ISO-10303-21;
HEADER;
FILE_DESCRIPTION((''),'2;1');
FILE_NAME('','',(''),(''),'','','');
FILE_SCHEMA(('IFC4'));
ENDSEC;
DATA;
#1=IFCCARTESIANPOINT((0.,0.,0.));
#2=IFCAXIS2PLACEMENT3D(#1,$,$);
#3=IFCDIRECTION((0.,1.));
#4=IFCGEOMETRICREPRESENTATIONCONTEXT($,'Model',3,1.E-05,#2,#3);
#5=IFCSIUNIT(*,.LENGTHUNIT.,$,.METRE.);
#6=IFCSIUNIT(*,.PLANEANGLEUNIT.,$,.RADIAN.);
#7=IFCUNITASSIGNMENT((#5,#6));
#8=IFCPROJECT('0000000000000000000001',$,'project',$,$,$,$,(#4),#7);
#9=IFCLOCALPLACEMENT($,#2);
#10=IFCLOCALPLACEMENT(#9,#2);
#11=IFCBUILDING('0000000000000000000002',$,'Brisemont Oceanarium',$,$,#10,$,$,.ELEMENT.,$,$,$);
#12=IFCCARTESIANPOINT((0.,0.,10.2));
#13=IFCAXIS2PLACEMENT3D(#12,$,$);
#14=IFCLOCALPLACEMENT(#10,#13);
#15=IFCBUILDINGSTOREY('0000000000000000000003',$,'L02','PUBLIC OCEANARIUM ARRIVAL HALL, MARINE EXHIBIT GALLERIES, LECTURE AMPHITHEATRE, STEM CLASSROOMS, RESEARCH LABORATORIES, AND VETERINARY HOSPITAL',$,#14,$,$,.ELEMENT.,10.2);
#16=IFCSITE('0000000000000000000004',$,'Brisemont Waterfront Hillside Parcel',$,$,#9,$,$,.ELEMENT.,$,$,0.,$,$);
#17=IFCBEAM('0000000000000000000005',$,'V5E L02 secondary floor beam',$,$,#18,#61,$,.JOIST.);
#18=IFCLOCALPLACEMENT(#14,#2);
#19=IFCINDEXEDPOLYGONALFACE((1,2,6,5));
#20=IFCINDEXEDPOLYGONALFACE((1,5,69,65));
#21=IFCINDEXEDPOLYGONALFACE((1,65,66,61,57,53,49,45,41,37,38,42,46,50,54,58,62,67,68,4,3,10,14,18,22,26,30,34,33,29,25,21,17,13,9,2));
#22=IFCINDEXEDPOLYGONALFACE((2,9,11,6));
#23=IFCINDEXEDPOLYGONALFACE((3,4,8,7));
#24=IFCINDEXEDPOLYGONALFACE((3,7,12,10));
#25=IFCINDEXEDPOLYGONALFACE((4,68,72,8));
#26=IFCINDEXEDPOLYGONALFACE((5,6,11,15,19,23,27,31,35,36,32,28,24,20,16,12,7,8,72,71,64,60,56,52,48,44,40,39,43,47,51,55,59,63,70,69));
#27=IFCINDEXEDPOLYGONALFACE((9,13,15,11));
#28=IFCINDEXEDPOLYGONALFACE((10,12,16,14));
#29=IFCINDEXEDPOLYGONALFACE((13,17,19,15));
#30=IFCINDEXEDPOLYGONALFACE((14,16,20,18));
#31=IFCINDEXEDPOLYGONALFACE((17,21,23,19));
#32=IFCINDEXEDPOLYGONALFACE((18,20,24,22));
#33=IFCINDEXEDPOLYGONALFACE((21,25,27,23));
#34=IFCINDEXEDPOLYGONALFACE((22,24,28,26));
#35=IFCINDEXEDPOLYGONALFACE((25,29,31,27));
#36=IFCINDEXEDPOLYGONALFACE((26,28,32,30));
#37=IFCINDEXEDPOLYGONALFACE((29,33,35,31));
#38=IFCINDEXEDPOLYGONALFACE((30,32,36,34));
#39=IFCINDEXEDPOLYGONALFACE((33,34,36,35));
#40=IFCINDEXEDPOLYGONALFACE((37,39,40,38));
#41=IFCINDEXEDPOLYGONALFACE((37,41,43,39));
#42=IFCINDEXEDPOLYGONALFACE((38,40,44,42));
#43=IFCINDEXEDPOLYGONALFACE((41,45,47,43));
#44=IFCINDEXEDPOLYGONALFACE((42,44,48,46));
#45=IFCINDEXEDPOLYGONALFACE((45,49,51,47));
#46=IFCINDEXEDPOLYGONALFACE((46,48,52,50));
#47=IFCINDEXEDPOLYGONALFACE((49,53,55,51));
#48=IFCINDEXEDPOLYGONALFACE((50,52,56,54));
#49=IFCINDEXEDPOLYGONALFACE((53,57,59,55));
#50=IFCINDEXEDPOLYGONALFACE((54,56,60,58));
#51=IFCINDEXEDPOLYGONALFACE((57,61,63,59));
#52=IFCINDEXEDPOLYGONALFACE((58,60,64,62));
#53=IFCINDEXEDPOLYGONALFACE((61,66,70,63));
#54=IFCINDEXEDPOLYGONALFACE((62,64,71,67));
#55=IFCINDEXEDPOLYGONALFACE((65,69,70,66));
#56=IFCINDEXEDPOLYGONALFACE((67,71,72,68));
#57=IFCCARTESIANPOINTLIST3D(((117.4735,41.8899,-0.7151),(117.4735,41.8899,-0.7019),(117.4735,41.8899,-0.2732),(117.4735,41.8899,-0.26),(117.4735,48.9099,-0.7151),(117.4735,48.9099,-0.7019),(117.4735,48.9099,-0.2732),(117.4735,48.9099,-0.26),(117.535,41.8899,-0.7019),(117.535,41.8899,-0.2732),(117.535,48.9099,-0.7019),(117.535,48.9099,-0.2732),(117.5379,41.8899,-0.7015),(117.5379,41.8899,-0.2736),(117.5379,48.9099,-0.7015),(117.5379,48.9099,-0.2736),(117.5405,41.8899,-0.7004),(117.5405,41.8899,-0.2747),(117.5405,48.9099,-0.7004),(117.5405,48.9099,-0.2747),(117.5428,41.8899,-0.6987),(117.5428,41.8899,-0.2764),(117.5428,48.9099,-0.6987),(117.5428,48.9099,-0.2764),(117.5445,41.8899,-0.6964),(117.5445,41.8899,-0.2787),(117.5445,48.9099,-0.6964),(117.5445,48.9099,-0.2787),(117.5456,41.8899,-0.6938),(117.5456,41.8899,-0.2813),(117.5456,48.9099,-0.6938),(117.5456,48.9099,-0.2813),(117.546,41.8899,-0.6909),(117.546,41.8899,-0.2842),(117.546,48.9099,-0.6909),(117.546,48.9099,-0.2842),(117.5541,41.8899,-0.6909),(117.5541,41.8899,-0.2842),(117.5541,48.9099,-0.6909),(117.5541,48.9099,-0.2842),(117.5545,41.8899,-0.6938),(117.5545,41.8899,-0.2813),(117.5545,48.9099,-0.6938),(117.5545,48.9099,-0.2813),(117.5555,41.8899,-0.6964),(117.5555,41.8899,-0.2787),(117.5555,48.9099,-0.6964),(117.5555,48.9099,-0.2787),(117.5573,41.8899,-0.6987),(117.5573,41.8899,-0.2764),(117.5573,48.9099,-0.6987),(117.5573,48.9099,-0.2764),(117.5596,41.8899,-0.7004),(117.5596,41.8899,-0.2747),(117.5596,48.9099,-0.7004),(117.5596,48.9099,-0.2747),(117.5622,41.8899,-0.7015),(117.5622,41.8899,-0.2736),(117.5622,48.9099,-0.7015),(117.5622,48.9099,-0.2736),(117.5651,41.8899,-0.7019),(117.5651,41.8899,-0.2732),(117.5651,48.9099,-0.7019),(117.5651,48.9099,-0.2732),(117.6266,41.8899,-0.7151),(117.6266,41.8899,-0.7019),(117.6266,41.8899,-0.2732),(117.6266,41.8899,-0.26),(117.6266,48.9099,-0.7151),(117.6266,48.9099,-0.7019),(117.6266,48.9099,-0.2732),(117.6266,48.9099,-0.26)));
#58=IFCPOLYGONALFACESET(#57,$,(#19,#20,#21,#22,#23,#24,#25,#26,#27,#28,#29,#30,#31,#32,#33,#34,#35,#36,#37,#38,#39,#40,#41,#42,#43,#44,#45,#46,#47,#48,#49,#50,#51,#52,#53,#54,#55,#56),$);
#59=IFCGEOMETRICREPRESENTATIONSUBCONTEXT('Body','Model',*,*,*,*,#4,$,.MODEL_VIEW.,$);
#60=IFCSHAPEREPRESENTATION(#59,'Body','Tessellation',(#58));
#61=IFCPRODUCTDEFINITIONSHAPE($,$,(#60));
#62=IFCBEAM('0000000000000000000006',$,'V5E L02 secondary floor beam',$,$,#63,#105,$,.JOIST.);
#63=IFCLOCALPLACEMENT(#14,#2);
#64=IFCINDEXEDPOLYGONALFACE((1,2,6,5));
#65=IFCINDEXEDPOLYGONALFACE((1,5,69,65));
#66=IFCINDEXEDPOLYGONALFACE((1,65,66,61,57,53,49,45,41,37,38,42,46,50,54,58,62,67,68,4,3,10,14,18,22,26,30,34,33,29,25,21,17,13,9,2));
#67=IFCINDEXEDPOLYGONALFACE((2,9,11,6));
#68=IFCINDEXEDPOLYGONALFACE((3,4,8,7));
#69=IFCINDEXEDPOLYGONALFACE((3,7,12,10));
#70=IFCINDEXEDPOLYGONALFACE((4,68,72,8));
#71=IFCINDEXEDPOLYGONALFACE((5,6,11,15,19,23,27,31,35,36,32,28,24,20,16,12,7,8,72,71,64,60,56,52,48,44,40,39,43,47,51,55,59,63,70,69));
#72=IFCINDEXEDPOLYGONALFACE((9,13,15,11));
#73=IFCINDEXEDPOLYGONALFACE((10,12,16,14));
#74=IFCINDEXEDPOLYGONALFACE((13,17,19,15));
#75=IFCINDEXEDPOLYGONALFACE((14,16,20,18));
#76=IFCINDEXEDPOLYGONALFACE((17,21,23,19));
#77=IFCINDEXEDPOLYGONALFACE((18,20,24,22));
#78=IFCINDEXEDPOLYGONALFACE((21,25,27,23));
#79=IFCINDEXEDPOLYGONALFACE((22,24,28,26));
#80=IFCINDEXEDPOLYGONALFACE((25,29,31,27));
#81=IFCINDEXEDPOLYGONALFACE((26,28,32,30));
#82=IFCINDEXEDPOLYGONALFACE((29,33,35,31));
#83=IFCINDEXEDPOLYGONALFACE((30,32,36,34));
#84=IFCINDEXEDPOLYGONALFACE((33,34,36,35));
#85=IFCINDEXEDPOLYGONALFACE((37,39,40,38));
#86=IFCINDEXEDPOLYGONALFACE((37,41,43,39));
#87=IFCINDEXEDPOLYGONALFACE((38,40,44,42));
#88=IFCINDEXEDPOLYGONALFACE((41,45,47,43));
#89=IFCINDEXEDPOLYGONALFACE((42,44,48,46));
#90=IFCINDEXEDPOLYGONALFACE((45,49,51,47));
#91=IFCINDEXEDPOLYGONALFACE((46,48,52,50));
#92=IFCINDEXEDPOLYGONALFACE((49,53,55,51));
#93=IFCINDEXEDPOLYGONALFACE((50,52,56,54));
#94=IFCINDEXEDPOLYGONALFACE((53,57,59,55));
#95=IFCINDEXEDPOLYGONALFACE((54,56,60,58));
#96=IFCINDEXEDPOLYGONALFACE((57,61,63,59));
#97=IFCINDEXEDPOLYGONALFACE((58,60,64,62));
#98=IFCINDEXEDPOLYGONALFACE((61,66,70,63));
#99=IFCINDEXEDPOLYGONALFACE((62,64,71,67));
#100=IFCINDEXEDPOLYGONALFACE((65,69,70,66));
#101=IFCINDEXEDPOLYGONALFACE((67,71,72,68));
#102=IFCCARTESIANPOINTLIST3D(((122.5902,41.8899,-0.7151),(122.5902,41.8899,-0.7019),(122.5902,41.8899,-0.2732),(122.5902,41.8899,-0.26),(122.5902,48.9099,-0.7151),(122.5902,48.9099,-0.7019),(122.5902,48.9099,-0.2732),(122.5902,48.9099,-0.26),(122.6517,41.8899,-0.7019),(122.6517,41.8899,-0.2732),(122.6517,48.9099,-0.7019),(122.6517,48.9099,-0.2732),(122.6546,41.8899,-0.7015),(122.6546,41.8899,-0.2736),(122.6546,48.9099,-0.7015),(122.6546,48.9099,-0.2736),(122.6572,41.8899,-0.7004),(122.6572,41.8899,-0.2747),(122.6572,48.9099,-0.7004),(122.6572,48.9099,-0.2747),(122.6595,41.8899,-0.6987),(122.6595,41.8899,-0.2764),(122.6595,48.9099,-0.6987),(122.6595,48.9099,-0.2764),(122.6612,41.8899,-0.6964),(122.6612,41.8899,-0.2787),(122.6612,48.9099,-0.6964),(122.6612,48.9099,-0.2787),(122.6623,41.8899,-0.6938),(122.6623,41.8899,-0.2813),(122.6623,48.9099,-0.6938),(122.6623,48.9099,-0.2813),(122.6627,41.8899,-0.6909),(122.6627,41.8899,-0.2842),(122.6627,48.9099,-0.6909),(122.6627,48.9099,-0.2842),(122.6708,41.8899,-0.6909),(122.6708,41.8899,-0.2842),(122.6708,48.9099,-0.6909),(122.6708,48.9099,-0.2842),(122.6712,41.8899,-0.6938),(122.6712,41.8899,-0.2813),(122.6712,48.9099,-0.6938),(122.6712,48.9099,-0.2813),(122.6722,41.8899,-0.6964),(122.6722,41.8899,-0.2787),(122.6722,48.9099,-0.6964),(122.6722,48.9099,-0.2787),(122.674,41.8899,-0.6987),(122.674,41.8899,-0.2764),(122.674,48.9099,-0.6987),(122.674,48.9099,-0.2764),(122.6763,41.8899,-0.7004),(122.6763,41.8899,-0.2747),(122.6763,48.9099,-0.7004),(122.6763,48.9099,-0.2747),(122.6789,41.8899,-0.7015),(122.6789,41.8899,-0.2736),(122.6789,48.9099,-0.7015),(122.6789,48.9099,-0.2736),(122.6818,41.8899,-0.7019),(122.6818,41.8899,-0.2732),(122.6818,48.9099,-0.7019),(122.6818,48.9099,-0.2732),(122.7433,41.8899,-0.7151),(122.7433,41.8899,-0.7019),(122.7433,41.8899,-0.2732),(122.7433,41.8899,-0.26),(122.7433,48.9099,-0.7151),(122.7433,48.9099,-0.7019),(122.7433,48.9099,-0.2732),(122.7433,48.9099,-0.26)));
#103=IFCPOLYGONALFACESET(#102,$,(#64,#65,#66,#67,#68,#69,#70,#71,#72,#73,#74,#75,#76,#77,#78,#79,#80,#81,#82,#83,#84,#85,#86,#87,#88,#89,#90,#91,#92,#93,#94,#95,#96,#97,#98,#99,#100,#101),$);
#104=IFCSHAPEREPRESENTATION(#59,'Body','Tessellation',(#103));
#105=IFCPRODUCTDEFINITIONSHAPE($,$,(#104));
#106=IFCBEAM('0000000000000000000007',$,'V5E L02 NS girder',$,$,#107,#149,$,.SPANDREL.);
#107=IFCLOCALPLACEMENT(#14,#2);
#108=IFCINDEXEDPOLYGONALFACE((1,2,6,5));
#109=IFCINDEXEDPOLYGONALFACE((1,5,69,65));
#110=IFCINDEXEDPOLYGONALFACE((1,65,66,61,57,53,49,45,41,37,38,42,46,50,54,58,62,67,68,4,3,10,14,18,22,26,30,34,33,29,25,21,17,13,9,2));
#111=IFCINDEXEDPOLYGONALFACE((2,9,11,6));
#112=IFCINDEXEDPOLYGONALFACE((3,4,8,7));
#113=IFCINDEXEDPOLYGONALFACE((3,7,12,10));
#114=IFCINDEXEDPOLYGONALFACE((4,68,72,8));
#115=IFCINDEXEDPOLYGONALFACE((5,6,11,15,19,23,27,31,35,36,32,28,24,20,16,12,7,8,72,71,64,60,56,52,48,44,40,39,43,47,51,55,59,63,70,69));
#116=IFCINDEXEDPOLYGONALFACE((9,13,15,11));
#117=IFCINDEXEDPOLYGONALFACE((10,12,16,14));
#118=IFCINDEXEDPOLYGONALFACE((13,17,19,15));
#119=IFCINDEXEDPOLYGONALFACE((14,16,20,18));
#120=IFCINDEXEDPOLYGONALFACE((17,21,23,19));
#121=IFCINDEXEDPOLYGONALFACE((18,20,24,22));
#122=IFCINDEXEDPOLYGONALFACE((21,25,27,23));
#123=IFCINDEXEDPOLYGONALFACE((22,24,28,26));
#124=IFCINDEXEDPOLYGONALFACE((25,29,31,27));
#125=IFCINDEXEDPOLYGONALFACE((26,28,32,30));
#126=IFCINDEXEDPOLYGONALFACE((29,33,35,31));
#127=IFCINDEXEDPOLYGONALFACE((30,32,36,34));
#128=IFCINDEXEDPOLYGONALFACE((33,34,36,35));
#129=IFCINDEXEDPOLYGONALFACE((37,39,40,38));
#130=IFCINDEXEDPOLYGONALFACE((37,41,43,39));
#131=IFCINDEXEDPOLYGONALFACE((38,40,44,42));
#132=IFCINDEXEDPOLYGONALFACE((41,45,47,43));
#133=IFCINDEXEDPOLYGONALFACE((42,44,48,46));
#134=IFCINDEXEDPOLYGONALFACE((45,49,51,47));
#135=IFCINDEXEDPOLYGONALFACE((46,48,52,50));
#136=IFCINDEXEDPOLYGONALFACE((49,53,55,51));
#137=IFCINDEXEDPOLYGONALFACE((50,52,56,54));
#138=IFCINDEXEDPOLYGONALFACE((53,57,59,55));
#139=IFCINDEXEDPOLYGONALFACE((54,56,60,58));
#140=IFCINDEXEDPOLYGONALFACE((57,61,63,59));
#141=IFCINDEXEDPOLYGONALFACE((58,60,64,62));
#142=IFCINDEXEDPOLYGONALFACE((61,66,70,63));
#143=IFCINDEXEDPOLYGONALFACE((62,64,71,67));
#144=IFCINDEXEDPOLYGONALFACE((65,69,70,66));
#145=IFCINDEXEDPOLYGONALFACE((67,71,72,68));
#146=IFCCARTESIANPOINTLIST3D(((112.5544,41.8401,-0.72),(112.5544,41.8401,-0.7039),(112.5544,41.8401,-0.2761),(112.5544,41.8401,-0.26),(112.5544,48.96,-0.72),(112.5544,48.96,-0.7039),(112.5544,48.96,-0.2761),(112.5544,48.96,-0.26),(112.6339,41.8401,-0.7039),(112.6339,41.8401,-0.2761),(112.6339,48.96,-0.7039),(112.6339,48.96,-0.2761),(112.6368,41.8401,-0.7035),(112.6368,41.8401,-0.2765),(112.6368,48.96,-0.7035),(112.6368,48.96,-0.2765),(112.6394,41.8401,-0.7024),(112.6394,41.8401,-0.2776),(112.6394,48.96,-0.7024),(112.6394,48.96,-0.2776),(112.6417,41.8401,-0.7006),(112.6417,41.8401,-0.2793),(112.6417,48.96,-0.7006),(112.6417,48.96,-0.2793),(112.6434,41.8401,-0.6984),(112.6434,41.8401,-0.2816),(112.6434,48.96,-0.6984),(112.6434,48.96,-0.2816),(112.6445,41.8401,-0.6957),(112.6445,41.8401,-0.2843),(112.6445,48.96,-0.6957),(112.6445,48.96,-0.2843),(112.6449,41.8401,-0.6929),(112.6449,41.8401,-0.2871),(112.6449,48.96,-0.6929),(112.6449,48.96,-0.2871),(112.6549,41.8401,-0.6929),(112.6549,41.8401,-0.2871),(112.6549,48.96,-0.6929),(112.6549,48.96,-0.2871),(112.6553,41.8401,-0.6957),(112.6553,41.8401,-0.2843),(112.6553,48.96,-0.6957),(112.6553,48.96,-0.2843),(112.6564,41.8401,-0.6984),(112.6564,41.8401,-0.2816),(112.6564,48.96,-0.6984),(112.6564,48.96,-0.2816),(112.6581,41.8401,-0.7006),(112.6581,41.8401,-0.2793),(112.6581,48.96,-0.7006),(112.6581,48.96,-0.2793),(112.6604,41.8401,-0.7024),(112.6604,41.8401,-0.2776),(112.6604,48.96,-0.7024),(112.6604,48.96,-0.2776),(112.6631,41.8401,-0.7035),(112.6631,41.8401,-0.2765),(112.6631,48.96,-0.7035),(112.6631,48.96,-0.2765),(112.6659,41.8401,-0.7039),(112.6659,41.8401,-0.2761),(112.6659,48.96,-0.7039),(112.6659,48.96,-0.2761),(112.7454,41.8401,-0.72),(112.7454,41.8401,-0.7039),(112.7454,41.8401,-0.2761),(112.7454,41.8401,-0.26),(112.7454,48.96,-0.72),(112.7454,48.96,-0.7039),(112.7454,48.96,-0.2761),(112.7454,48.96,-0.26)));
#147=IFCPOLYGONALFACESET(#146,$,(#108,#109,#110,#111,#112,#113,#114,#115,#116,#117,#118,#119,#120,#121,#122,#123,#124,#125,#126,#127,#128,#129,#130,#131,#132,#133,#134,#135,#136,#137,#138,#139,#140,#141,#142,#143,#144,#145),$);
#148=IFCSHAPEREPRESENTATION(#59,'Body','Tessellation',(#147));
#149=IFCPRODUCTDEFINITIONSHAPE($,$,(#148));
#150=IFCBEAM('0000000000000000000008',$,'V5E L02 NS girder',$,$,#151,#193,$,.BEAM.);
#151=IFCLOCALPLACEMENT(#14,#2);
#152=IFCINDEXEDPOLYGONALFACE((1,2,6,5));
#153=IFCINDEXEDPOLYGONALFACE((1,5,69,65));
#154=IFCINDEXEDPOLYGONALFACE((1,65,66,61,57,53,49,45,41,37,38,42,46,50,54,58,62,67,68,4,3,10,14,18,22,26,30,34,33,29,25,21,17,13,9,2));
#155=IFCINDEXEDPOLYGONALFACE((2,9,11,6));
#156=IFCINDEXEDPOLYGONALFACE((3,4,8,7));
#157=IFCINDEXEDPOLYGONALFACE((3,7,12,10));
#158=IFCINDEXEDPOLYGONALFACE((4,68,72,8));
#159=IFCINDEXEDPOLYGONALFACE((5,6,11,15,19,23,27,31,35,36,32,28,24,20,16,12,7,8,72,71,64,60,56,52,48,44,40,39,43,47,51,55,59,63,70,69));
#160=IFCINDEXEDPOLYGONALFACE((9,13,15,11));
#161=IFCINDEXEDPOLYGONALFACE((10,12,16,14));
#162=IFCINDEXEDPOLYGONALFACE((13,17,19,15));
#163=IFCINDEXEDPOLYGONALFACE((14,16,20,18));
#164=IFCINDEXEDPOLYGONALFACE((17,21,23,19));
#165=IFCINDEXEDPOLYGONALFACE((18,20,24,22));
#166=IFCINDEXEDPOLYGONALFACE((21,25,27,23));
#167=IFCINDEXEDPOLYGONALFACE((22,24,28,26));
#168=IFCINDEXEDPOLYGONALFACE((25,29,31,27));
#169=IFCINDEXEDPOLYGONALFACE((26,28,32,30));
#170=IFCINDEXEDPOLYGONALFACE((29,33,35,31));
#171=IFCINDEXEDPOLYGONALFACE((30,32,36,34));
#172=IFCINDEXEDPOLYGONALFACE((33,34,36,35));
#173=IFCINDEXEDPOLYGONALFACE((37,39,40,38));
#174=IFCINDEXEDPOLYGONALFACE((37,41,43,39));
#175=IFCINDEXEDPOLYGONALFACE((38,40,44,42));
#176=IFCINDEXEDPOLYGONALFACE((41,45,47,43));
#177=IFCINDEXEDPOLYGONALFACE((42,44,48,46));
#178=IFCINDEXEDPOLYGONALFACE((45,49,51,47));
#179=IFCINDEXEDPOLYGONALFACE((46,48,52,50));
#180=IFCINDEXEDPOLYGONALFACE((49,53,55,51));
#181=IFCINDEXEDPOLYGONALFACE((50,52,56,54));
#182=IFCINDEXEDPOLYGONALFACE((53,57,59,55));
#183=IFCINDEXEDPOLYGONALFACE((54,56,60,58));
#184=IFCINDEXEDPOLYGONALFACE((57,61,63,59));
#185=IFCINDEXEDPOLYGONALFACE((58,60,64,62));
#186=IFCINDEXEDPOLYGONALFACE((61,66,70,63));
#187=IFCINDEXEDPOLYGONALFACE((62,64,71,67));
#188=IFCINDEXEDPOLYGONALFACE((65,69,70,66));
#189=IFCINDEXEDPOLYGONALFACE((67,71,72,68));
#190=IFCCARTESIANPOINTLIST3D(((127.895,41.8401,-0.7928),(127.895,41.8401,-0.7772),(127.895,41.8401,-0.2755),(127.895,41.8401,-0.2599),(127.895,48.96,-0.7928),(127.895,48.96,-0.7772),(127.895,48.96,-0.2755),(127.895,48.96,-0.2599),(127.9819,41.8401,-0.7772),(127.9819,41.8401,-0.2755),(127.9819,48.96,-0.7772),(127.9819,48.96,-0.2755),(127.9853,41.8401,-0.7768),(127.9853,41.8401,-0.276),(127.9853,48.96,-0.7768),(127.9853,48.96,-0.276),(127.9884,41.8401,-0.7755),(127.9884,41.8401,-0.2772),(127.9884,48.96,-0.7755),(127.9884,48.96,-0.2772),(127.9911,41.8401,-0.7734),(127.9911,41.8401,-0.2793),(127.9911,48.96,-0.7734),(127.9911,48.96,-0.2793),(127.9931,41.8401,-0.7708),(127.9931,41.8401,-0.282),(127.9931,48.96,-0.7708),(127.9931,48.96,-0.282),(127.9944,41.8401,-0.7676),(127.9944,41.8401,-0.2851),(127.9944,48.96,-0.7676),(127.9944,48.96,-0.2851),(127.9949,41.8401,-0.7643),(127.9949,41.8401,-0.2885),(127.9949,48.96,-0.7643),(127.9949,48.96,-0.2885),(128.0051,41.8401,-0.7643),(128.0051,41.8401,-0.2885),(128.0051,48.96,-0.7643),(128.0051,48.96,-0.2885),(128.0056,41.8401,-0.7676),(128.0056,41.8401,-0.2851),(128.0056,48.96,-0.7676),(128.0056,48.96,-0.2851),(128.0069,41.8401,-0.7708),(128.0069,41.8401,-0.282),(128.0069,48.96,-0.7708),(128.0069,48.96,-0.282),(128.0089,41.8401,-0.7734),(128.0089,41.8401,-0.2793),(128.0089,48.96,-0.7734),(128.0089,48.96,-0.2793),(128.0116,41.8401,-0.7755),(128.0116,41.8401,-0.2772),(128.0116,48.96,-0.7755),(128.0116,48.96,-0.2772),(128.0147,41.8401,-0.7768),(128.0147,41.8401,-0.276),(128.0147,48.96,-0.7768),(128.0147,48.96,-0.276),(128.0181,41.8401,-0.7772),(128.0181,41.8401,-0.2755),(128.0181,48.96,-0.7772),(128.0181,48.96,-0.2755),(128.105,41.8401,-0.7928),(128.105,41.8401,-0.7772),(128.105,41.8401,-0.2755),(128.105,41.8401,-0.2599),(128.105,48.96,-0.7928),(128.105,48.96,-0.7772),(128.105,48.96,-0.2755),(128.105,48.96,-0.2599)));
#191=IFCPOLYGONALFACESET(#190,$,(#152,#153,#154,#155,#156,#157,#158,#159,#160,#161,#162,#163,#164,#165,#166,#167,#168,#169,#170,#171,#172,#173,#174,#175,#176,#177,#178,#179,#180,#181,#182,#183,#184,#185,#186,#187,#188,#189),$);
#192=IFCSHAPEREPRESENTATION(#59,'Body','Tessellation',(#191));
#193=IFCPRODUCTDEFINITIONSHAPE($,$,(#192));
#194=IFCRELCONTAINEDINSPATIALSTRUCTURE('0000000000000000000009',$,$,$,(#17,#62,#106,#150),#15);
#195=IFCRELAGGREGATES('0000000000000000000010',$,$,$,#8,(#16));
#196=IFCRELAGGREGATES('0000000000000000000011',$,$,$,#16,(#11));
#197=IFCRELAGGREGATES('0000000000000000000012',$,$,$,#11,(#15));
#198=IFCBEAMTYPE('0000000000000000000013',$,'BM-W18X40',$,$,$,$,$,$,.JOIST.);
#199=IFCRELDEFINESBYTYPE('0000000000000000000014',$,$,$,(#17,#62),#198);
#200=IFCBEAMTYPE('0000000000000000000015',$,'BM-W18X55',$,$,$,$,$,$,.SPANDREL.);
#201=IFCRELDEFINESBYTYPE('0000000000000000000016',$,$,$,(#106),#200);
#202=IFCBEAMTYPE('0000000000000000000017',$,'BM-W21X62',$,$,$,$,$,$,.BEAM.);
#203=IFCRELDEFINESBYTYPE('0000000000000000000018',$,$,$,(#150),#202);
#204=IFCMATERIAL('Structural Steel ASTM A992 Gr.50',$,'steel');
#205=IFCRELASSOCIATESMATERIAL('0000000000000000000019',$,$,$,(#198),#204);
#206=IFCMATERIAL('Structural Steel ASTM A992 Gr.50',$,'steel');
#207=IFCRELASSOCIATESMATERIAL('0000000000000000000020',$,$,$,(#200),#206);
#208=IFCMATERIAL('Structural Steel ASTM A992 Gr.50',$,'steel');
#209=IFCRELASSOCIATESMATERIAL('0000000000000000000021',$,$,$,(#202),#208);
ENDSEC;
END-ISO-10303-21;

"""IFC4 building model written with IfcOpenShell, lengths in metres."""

from ifc_helpers import new_model, si_unit, direction, frame, origin, origin_2d, place, context, subcontext, project, spatial, i_section, extrude, material, material_profile, profile_set, type_object, element, save


model = new_model("IFC4")

# Units and contexts
model_context = context("Model", 3, precision=1e-05, world=origin(), true_north=direction((0.0, 1.0)))
body_context = subcontext(model_context, "Body", "Model", "MODEL_VIEW")
ifc_project = project(units=[si_unit("LENGTHUNIT", "METRE"), si_unit("PLANEANGLEUNIT", "RADIAN")], contexts=[model_context])

# Site, building, storey
site_placement = place(None, origin())
site = spatial("IfcSite", under=ifc_project, at=site_placement, Name="Brisemont Waterfront Hillside Parcel", CompositionType="ELEMENT", RefElevation=0.0)
building_placement = place(site_placement, origin())
building = spatial("IfcBuilding", under=site, at=building_placement, Name="Brisemont Oceanarium", CompositionType="ELEMENT")
storey_placement = place(building_placement, frame((0.0, 0.0, 10.2)))
storey = spatial("IfcBuildingStorey", under=building, at=storey_placement, Name="L02", Description="PUBLIC OCEANARIUM ARRIVAL HALL, MARINE EXHIBIT GALLERIES, LECTURE AMPHITHEATRE, STEM CLASSROOMS, RESEARCH LABORATORIES, AND VETERINARY HOSPITAL", CompositionType="ELEMENT", Elevation=10.2)

# Beams
ifc_material_1 = material(Name="Structural Steel ASTM A992 Gr.50", Category="steel")
ifc_material_profile_1 = material_profile(ifc_material_1, i_section(OverallWidth=0.1531, OverallDepth=0.4551, WebThickness=0.0081, FlangeThickness=0.0132, FilletRadius=0.011, at=origin_2d()), Name="W18X40")
ifc_profile_set_1 = profile_set([ifc_material_profile_1], Name="Structural Steel ASTM A992 Gr.50")
beam_type_1 = type_object("IfcBeamType", Name="BM-W18X40", PredefinedType="JOIST", material=ifc_profile_set_1)
for number, where, z_axis, x_axis, name in (
    (1, (117.55, 41.8899, -0.4875), (0.0, 1.0, 0.0), (-1.0, 0.0, 0.0), "V5E L02 secondary floor beam"),
    (2, (122.6667, 41.8899, -0.4875), (0.0, 1.0, 0.0), (-1.0, 0.0, 0.0), "V5E L02 secondary floor beam"),
):
    element("IfcBeam", number, at=place(storey_placement, frame(where, z_axis=z_axis, x_axis=x_axis)), inside=storey, type_object=beam_type_1, Name=name, PredefinedType="JOIST", context=body_context, shape_type="SweptSolid", body=[
        extrude(i_section(OverallWidth=0.1531, OverallDepth=0.4551, WebThickness=0.0081, FlangeThickness=0.0132, FilletRadius=0.011, at=origin_2d()), origin(), (0.0, 0.0, 1.0), 7.02),
    ])
ifc_material_2 = material(Name="Structural Steel ASTM A992 Gr.50", Category="steel")
ifc_material_profile_2 = material_profile(ifc_material_2, i_section(OverallWidth=0.1909, OverallDepth=0.46, WebThickness=0.01, FlangeThickness=0.0161, FilletRadius=0.011, at=origin_2d()), Name="W18X55")
ifc_profile_set_2 = profile_set([ifc_material_profile_2], Name="Structural Steel ASTM A992 Gr.50")
beam_type_2 = type_object("IfcBeamType", Name="BM-W18X55", PredefinedType="SPANDREL", material=ifc_profile_set_2)
beam_1_placement = place(storey_placement, frame((112.6499, 41.8401, -0.49), z_axis=(0.0, 1.0, 0.0), x_axis=(-1.0, 0.0, 0.0)))
element("IfcBeam", 3, at=beam_1_placement, inside=storey, type_object=beam_type_2, Name="V5E L02 NS girder", PredefinedType="SPANDREL", context=body_context, shape_type="SweptSolid", body=[
    extrude(i_section(OverallWidth=0.1909, OverallDepth=0.46, WebThickness=0.01, FlangeThickness=0.0161, FilletRadius=0.011, at=origin_2d()), origin(), (0.0, 0.0, 1.0), 7.1199),
])
ifc_material_3 = material(Name="Structural Steel ASTM A992 Gr.50", Category="steel")
ifc_material_profile_3 = material_profile(ifc_material_3, i_section(OverallWidth=0.21, OverallDepth=0.533, WebThickness=0.0103, FlangeThickness=0.0156, FilletRadius=0.0129, at=origin_2d()), Name="W21X62")
ifc_profile_set_3 = profile_set([ifc_material_profile_3], Name="Structural Steel ASTM A992 Gr.50")
beam_type_3 = type_object("IfcBeamType", Name="BM-W21X62", PredefinedType="BEAM", material=ifc_profile_set_3)
for number, where, z_axis, x_axis, name in (
    (4, (128.0, 41.8401, -0.5264), (0.0, 1.0, 0.0), (-1.0, 0.0, 0.0), "V5E L02 NS girder"),
):
    element("IfcBeam", number, at=place(storey_placement, frame(where, z_axis=z_axis, x_axis=x_axis)), inside=storey, type_object=beam_type_3, Name=name, PredefinedType="BEAM", context=body_context, shape_type="SweptSolid", body=[
        extrude(i_section(OverallWidth=0.21, OverallDepth=0.533, WebThickness=0.0103, FlangeThickness=0.0156, FilletRadius=0.0129, at=origin_2d()), origin(), (0.0, 0.0, 1.0), 7.1199),
    ])

save(model, "model.ifc")
